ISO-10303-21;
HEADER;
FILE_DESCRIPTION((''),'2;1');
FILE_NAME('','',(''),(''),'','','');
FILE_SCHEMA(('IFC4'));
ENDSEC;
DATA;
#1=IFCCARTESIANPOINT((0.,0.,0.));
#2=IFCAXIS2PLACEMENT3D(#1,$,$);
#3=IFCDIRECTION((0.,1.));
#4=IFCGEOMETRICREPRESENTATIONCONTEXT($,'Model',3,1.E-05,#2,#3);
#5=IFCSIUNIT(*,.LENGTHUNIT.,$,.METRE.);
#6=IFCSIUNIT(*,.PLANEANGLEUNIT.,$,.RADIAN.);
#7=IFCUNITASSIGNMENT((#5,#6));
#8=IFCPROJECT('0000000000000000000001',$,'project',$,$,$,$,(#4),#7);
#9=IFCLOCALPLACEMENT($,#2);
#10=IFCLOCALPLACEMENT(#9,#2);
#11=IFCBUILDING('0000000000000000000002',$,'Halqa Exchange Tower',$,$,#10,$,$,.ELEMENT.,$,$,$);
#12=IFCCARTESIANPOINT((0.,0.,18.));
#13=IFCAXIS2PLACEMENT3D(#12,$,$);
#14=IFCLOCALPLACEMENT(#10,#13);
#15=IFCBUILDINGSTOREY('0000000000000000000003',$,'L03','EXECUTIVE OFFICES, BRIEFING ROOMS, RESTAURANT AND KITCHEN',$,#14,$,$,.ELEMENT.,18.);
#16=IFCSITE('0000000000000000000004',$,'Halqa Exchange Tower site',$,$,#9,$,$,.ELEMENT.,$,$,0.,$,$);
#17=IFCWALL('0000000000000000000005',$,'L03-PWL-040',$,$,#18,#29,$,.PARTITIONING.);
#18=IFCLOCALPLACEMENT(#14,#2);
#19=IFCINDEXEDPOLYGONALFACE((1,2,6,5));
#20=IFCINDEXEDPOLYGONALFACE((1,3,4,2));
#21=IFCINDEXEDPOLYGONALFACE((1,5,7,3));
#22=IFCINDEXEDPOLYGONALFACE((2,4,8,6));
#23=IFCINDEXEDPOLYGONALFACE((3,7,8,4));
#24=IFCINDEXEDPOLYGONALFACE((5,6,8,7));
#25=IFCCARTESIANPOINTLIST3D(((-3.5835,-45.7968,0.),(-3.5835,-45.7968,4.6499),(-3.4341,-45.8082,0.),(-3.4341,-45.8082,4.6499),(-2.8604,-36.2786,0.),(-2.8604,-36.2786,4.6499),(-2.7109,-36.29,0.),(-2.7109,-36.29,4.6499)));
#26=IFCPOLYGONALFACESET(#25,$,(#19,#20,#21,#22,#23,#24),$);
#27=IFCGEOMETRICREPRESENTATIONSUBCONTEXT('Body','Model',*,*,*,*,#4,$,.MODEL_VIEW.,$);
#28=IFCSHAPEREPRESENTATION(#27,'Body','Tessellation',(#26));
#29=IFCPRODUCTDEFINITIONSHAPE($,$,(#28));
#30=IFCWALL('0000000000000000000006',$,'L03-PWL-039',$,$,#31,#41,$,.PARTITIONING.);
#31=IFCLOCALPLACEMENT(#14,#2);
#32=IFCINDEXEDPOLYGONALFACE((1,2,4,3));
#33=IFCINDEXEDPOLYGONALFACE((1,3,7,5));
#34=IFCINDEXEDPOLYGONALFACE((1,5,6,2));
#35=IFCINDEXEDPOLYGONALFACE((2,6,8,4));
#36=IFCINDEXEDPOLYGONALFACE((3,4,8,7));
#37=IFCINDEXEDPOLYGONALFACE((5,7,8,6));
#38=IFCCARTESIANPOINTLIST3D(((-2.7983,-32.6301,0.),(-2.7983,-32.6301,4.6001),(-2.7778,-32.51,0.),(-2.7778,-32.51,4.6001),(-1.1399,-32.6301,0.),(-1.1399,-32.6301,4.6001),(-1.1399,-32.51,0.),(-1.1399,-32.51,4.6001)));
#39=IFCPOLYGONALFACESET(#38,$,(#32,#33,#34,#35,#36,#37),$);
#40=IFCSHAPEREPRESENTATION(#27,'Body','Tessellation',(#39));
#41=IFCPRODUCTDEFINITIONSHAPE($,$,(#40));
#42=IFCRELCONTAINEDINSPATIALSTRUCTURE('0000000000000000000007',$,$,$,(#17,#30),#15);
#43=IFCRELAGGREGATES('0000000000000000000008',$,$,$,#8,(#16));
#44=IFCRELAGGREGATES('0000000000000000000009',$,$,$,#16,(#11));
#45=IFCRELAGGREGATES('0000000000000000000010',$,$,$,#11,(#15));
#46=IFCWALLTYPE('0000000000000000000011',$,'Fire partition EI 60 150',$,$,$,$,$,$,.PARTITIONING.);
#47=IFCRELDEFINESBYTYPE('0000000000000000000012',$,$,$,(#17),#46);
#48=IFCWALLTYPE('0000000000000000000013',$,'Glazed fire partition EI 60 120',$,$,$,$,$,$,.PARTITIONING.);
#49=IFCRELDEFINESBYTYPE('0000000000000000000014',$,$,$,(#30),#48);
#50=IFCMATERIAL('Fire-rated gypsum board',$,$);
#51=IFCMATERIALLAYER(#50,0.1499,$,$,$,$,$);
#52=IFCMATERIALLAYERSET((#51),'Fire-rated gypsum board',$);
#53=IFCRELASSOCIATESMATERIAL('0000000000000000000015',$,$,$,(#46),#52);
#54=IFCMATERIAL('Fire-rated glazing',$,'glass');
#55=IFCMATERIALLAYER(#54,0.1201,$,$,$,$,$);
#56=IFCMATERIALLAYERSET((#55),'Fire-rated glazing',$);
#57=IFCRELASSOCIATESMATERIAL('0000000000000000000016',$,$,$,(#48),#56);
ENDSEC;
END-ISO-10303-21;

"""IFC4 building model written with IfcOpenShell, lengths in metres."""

from ifc_helpers import new_model, si_unit, direction, frame, frame_2d, origin, place, context, subcontext, project, spatial, polyline, rectangle, outline, extrude, material, layer, layer_set, type_object, element, save


model = new_model("IFC4")

# Units and contexts
model_context = context("Model", 3, precision=1e-05, world=origin(), true_north=direction((0.0, 1.0)))
body_context = subcontext(model_context, "Body", "Model", "MODEL_VIEW")
ifc_project = project(units=[si_unit("LENGTHUNIT", "METRE"), si_unit("PLANEANGLEUNIT", "RADIAN")], contexts=[model_context])

# Site, building, storey
site_placement = place(None, origin())
site = spatial("IfcSite", under=ifc_project, at=site_placement, Name="Halqa Exchange Tower site", CompositionType="ELEMENT", RefElevation=0.0)
building_placement = place(site_placement, origin())
building = spatial("IfcBuilding", under=site, at=building_placement, Name="Halqa Exchange Tower", CompositionType="ELEMENT")
storey_placement = place(building_placement, frame((0.0, 0.0, 18.0)))
storey = spatial("IfcBuildingStorey", under=building, at=storey_placement, Name="L03", Description="EXECUTIVE OFFICES, BRIEFING ROOMS, RESTAURANT AND KITCHEN", CompositionType="ELEMENT", Elevation=18.0)

# Shared definitions
ifc_material_1 = material(Name="Fire-rated gypsum board")
ifc_layer_1 = layer(ifc_material_1, 0.1499)
ifc_layer_set_1 = layer_set([ifc_layer_1], Name="Fire-rated gypsum board")
wall_type_1 = type_object("IfcWallType", Name="Fire partition EI 60 150", PredefinedType="PARTITIONING", material=ifc_layer_set_1)

# Walls
wall_1_placement = place(storey_placement, frame((-2.7856, -36.2842, 0.0), z_axis=(0.0, 0.0, 1.0), x_axis=(-0.075756, -0.997126, 0.0)))
element("IfcWall", 1, at=wall_1_placement, inside=storey, type_object=wall_type_1, Name="L03-PWL-040", PredefinedType="PARTITIONING", context=body_context, shape_type="SweptSolid", body=[
    extrude(rectangle(XDim=9.5457, YDim=0.1499, at=frame_2d((4.7729, 0.0))), origin(), (0.0, 0.0, 1.0), 4.6499),
])
ifc_material_2 = material(Name="Fire-rated glazing", Category="glass")
ifc_layer_2 = layer(ifc_material_2, 0.1201)
ifc_layer_set_2 = layer_set([ifc_layer_2], Name="Fire-rated glazing")
wall_type_2 = type_object("IfcWallType", Name="Glazed fire partition EI 60 120", PredefinedType="PARTITIONING", material=ifc_layer_set_2)
wall_2_placement = place(storey_placement, frame((-2.7881, -32.5701, 0.0), z_axis=(0.0, 0.0, 1.0), x_axis=(1.0, 0.0, 0.0)))
element("IfcWall", 2, at=wall_2_placement, inside=storey, type_object=wall_type_2, Name="L03-PWL-039", PredefinedType="PARTITIONING", context=body_context, shape_type="SweptSolid", body=[
    extrude(outline(polyline([(-0.0103, -0.0601), (1.6482, -0.0601), (1.6482, 0.0601), (0.0103, 0.0601), (-0.0103, -0.0601)])), origin(), (0.0, 0.0, 1.0), 4.6001),
])

save(model, "model.ifc")
